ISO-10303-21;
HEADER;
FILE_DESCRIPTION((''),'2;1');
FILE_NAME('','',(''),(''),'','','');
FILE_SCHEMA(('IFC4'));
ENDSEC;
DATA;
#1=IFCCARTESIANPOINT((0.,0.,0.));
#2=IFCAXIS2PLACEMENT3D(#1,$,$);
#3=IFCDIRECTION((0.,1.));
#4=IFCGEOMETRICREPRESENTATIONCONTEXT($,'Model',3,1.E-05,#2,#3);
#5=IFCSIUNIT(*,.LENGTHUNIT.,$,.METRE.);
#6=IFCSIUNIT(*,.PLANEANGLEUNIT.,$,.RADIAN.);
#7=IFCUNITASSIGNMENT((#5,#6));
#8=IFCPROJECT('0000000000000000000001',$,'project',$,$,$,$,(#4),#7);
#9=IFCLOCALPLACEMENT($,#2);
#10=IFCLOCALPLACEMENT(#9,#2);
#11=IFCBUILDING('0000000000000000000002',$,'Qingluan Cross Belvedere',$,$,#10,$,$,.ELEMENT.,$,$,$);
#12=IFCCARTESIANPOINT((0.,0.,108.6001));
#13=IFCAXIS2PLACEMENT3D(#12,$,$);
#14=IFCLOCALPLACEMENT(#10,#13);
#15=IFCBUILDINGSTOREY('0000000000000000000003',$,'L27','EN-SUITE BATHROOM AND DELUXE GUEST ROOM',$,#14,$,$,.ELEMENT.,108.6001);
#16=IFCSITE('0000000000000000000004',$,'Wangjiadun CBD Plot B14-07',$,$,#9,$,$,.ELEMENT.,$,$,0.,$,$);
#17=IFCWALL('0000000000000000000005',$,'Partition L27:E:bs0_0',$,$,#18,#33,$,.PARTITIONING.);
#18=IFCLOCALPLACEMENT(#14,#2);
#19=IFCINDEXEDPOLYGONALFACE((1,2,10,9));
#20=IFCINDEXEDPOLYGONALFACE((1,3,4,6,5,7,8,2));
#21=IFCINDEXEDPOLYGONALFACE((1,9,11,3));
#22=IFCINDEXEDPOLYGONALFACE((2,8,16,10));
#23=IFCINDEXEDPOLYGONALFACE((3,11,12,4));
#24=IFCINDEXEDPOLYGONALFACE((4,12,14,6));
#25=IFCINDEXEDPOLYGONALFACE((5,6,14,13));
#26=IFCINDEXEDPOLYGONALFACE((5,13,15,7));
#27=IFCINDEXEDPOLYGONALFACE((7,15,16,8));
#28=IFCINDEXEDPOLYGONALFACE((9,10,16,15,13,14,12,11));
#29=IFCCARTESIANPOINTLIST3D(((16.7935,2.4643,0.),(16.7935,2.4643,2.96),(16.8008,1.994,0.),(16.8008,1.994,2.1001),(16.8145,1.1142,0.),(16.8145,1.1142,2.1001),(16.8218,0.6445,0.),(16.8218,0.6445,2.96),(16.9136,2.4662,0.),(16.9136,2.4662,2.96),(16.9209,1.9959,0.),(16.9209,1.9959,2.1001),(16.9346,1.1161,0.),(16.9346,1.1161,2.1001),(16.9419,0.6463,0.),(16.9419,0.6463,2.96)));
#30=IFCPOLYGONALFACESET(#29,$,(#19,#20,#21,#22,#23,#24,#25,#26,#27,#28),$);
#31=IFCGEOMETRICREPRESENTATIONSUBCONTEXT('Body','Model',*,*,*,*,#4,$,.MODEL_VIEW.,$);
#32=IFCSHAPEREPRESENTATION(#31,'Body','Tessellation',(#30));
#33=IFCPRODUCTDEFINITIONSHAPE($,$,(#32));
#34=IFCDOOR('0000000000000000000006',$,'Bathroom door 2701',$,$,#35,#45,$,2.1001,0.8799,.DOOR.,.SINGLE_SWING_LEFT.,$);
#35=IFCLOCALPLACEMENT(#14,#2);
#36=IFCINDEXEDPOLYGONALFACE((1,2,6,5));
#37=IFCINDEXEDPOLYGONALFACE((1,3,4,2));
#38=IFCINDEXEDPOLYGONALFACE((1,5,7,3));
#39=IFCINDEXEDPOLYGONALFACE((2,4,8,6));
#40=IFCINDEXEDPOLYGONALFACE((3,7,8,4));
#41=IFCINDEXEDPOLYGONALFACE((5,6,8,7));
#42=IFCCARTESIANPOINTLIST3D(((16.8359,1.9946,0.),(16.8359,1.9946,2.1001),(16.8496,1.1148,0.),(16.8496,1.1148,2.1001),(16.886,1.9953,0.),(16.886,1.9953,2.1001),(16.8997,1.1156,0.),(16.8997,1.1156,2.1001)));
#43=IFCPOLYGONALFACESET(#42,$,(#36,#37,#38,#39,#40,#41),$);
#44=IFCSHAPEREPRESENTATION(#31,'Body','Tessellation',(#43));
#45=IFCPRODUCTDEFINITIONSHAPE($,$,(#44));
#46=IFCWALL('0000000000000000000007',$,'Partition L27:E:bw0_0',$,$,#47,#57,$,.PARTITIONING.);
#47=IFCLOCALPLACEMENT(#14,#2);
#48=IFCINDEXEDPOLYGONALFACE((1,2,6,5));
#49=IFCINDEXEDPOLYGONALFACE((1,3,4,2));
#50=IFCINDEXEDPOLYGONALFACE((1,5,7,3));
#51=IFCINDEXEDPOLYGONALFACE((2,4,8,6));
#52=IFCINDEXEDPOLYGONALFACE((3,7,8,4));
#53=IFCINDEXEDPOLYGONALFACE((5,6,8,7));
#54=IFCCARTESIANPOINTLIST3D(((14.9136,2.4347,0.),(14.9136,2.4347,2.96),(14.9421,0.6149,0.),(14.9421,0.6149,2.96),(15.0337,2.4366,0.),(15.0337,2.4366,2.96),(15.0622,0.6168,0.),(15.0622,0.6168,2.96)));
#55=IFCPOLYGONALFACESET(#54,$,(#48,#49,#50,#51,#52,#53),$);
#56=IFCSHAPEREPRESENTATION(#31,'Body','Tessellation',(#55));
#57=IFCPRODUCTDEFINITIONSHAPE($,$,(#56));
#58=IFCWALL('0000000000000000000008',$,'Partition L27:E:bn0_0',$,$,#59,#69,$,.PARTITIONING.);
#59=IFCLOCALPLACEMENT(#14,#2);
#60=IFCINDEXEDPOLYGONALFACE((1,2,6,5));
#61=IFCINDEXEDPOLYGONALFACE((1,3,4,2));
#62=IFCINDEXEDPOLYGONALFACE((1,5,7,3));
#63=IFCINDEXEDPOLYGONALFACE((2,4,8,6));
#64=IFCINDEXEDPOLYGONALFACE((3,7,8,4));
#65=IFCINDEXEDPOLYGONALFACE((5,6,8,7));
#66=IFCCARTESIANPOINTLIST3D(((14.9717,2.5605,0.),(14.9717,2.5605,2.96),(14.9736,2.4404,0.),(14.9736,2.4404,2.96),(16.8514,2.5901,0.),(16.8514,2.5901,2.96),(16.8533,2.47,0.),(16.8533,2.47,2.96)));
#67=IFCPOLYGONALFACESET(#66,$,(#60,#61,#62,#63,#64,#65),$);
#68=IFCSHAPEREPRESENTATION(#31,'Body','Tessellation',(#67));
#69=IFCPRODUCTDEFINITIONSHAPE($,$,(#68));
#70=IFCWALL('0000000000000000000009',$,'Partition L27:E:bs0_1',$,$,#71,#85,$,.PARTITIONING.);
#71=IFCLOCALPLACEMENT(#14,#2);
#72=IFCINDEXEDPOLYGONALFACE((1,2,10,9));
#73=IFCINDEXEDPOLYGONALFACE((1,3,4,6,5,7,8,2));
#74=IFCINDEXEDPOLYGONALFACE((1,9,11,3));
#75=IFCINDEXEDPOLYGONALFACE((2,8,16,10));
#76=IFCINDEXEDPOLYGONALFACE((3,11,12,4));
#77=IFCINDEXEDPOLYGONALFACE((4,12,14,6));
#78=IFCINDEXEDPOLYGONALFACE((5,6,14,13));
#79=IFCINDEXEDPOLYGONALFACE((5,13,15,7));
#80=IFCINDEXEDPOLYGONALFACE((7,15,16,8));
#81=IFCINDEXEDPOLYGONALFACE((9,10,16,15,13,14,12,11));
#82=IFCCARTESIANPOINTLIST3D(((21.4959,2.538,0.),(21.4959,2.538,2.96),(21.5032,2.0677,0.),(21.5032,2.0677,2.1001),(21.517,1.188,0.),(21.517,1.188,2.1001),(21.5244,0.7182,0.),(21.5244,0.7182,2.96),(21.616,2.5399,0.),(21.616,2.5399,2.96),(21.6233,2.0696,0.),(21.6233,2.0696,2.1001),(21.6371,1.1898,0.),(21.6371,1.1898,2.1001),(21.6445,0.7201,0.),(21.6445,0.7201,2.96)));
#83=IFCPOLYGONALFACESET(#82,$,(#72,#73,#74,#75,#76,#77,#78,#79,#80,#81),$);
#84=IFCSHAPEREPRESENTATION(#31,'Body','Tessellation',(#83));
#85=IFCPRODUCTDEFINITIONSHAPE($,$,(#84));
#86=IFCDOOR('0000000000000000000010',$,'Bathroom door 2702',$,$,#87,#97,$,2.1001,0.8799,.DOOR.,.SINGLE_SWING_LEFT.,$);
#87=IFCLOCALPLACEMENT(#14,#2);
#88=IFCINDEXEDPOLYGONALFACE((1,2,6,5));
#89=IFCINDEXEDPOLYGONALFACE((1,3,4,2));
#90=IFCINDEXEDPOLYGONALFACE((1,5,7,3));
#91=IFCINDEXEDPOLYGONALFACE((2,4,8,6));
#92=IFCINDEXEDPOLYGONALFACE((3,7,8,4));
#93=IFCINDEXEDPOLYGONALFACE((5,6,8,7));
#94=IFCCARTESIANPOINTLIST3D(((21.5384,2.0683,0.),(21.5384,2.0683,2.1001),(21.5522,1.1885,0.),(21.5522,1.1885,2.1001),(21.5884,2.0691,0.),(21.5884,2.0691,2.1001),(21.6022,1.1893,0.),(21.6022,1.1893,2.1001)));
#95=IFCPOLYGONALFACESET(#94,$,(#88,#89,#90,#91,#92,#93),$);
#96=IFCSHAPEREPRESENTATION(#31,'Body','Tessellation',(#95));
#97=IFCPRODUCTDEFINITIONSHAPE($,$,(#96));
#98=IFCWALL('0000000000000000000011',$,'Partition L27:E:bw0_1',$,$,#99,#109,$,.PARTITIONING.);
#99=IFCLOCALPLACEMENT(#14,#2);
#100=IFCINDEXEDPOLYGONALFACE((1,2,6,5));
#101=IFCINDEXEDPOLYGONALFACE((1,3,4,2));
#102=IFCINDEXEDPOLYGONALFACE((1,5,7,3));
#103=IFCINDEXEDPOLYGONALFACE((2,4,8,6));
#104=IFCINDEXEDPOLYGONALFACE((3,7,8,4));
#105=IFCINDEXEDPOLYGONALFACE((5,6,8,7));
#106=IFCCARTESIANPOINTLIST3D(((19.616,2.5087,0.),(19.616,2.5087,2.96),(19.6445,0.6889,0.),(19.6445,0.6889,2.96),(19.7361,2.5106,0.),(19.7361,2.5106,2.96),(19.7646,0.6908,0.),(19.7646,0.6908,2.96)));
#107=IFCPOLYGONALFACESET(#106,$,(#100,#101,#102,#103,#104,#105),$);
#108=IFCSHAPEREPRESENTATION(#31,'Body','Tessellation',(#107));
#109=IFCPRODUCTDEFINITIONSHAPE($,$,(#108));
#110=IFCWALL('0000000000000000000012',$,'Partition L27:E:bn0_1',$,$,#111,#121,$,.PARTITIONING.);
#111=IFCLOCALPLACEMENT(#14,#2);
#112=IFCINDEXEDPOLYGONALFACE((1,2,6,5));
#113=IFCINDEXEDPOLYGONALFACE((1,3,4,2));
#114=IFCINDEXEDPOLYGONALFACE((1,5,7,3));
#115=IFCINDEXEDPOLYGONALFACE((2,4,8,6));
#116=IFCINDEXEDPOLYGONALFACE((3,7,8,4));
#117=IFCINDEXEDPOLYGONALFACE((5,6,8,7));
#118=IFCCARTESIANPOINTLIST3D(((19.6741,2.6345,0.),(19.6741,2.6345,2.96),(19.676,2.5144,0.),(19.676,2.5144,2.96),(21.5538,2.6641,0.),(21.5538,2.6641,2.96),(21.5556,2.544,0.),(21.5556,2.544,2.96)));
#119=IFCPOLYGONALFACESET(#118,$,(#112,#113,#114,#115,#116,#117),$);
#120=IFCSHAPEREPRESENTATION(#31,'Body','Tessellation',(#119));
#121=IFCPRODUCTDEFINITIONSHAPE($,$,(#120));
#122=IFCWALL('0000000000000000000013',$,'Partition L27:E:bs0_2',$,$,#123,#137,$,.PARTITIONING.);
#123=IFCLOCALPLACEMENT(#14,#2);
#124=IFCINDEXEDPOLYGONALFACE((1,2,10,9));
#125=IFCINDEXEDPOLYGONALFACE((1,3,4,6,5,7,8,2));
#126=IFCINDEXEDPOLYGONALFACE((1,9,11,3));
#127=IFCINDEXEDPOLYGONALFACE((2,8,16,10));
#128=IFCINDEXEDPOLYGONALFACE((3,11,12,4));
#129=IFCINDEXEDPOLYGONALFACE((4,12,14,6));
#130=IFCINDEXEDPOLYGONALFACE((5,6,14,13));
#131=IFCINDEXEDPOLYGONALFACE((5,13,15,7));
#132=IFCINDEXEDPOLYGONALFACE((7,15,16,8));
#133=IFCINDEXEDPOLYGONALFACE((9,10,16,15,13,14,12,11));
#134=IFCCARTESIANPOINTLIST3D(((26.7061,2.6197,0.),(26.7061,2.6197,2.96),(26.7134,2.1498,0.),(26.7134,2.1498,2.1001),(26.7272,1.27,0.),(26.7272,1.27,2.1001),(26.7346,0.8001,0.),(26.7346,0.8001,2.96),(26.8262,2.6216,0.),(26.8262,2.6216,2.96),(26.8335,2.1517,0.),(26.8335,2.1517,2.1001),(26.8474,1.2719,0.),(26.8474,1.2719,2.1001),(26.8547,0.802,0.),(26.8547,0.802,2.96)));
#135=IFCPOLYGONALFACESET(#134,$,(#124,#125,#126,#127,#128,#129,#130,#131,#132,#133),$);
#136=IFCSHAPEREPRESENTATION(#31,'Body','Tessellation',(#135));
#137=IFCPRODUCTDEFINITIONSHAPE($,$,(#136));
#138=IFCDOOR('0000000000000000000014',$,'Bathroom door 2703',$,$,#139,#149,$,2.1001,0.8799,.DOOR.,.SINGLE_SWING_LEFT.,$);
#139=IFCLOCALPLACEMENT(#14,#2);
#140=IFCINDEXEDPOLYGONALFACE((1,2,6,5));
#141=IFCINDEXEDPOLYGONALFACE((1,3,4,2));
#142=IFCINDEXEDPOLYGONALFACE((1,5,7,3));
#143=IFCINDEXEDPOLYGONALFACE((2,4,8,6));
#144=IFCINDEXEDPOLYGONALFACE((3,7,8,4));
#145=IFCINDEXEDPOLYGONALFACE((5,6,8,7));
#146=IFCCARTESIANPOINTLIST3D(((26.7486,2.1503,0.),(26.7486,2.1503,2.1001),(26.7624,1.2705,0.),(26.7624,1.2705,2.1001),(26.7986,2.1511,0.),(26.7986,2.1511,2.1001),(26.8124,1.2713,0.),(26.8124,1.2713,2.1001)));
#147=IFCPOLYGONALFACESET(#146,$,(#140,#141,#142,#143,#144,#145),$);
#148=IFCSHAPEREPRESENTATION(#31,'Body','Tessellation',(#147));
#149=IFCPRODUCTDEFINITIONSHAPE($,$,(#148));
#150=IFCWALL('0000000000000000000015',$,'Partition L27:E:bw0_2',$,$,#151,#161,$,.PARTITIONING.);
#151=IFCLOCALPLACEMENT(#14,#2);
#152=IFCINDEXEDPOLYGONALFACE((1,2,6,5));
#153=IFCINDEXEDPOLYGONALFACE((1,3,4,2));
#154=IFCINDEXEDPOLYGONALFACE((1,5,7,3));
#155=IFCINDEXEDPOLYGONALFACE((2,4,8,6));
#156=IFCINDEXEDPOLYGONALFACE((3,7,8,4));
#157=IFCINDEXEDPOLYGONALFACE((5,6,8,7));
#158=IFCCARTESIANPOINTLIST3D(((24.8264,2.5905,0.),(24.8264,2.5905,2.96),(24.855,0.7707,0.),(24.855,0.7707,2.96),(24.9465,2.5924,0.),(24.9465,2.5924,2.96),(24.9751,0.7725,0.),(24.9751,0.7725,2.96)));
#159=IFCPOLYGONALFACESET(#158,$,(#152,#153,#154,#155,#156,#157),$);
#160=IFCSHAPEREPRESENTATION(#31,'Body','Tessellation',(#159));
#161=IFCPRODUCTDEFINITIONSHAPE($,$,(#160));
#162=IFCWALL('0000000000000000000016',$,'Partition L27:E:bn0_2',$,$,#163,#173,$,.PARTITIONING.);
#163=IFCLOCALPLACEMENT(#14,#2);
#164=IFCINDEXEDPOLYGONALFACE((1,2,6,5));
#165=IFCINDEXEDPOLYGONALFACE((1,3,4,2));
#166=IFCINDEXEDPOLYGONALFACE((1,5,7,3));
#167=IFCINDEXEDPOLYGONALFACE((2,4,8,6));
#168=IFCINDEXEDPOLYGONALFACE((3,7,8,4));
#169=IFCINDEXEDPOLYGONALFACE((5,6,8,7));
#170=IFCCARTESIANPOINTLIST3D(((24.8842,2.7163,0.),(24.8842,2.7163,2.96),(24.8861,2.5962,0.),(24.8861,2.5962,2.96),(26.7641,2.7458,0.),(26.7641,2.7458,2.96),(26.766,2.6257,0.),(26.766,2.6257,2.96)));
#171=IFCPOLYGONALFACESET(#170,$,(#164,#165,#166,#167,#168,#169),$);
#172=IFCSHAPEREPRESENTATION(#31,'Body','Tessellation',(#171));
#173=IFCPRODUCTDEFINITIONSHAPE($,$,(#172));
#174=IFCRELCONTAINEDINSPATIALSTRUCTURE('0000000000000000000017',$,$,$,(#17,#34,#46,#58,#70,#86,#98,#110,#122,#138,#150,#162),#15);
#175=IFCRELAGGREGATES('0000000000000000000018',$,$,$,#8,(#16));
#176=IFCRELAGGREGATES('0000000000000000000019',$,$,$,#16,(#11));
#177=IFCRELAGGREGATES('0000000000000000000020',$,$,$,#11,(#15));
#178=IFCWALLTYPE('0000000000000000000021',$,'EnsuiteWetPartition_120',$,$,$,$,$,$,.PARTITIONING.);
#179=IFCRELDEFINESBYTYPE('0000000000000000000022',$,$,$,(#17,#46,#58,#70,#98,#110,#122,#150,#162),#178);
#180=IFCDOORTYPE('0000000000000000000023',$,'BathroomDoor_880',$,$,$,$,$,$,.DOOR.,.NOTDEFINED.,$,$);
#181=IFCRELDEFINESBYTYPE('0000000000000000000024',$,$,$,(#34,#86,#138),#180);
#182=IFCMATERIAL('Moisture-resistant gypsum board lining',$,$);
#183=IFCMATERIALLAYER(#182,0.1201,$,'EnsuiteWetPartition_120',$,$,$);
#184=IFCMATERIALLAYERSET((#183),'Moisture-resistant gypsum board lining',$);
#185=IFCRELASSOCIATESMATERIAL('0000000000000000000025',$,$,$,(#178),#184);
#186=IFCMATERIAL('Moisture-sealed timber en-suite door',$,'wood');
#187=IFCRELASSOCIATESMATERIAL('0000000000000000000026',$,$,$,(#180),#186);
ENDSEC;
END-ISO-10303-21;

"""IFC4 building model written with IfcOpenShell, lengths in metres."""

from ifc_helpers import new_model, si_unit, direction, frame, frame_2d, origin, place, context, subcontext, project, spatial, rectangle, extrude, material, layer, layer_set, type_object, element, fill, save


model = new_model("IFC4")

# Units and contexts
model_context = context("Model", 3, precision=1e-05, world=origin(), true_north=direction((0.0, 1.0)))
body_context = subcontext(model_context, "Body", "Model", "MODEL_VIEW")
ifc_project = project(units=[si_unit("LENGTHUNIT", "METRE"), si_unit("PLANEANGLEUNIT", "RADIAN")], contexts=[model_context])

# Site, building, storey
site_placement = place(None, origin())
site = spatial("IfcSite", under=ifc_project, at=site_placement, Name="Wangjiadun CBD Plot B14-07", CompositionType="ELEMENT", RefElevation=0.0)
building_placement = place(site_placement, origin())
building = spatial("IfcBuilding", under=site, at=building_placement, Name="Qingluan Cross Belvedere", CompositionType="ELEMENT")
storey_placement = place(building_placement, frame((0.0, 0.0, 108.6001)))
storey = spatial("IfcBuildingStorey", under=building, at=storey_placement, Name="L27", Description="EN-SUITE BATHROOM AND DELUXE GUEST ROOM", CompositionType="ELEMENT", Elevation=108.6001)

# Wall, opening, door
ifc_material_1 = material(Name="Moisture-resistant gypsum board lining")
ifc_layer_1 = layer(ifc_material_1, 0.1201, Name="EnsuiteWetPartition_120")
ifc_layer_set_1 = layer_set([ifc_layer_1], Name="Moisture-resistant gypsum board lining")
wall_type_1 = type_object("IfcWallType", Name="EnsuiteWetPartition_120", PredefinedType="PARTITIONING", material=ifc_layer_set_1)
wall_1_placement = place(storey_placement, frame((16.8818, 0.6453, 0.0), z_axis=(0.0, 0.0, 1.0), x_axis=(-0.01556, 0.999879, 0.0)))
wall_1 = element("IfcWall", 1, at=wall_1_placement, inside=storey, type_object=wall_type_1, Name="Partition L27:E:bs0_0", PredefinedType="PARTITIONING", context=body_context, shape_type="SweptSolid", body=[
    extrude(rectangle(XDim=1.8201, YDim=0.1201, at=frame_2d((0.9102, 0.0))), origin(), (0.0, 0.0, 1.0), 2.96),
])
opening_1_placement = place(wall_1_placement, frame((0.47, 0.0, 0.0)))
opening_1 = element("IfcOpeningElement", 2, at=opening_1_placement, cuts=wall_1, PredefinedType="OPENING", context=body_context, shape_type="SweptSolid", body=[
    extrude(rectangle(XDim=0.8799, YDim=2.1001, at=frame_2d((0.4399, 1.05))), frame((0.0, 0.0701, 0.0), z_axis=(0.0, -1.0, 0.0), x_axis=(1.0, 0.0, 0.0)), (0.0, 0.0, 1.0), 0.1401),
])
ifc_material_2 = material(Name="Moisture-sealed timber en-suite door", Category="wood")
door_type_1 = type_object("IfcDoorType", Name="BathroomDoor_880", OperationType="NOTDEFINED", PredefinedType="DOOR", material=ifc_material_2)
door_1_placement = place(opening_1_placement, origin())
door_1 = element("IfcDoor", 3, at=door_1_placement, inside=storey, type_object=door_type_1, Name="Bathroom door 2701", OperationType="SINGLE_SWING_LEFT", OverallHeight=2.1001, OverallWidth=0.8799, PredefinedType="DOOR", context=body_context, shape_type="SweptSolid", body=[
    extrude(rectangle(XDim=0.8799, YDim=2.1001, at=frame_2d((0.4399, 1.05))), frame((0.0, 0.0249, 0.0), z_axis=(0.0, -1.0, 0.0), x_axis=(1.0, 0.0, 0.0)), (0.0, 0.0, 1.0), 0.05),
])
fill(opening_1, door_1)

# Walls
wall_2_placement = place(storey_placement, frame((15.0022, 0.6157, 0.0), z_axis=(0.0, 0.0, 1.0), x_axis=(-0.015694, 0.999877, 0.0)))
element("IfcWall", 4, at=wall_2_placement, inside=storey, type_object=wall_type_1, Name="Partition L27:E:bw0_0", PredefinedType="PARTITIONING", context=body_context, shape_type="SweptSolid", body=[
    extrude(rectangle(XDim=1.8201, YDim=0.1201, at=frame_2d((0.9102, 0.0))), origin(), (0.0, 0.0, 1.0), 2.96),
])
wall_3_placement = place(storey_placement, frame((14.9727, 2.5005, 0.0), z_axis=(0.0, 0.0, 1.0), x_axis=(0.999877, 0.015714, 0.0)))
element("IfcWall", 5, at=wall_3_placement, inside=storey, type_object=wall_type_1, Name="Partition L27:E:bn0_0", PredefinedType="PARTITIONING", context=body_context, shape_type="SweptSolid", body=[
    extrude(rectangle(XDim=1.8799, YDim=0.1201, at=frame_2d((0.9399, 0.0))), origin(), (0.0, 0.0, 1.0), 2.96),
])

# Wall, opening, door
wall_4_placement = place(storey_placement, frame((21.5845, 0.719, 0.0), z_axis=(0.0, 0.0, 1.0), x_axis=(-0.015694, 0.999877, 0.0)))
wall_4 = element("IfcWall", 6, at=wall_4_placement, inside=storey, type_object=wall_type_1, Name="Partition L27:E:bs0_1", PredefinedType="PARTITIONING", context=body_context, shape_type="SweptSolid", body=[
    extrude(rectangle(XDim=1.8201, YDim=0.1201, at=frame_2d((0.9102, 0.0))), origin(), (0.0, 0.0, 1.0), 2.96),
])
opening_2_placement = place(wall_4_placement, frame((0.47, 0.0, 0.0)))
opening_2 = element("IfcOpeningElement", 7, at=opening_2_placement, cuts=wall_4, PredefinedType="OPENING", context=body_context, shape_type="SweptSolid", body=[
    extrude(rectangle(XDim=0.8799, YDim=2.1001, at=frame_2d((0.4399, 1.05))), frame((0.0, 0.0701, 0.0), z_axis=(0.0, -1.0, 0.0), x_axis=(1.0, 0.0, 0.0)), (0.0, 0.0, 1.0), 0.1401),
])
door_2_placement = place(opening_2_placement, origin())
door_2 = element("IfcDoor", 8, at=door_2_placement, inside=storey, type_object=door_type_1, Name="Bathroom door 2702", OperationType="SINGLE_SWING_LEFT", OverallHeight=2.1001, OverallWidth=0.8799, PredefinedType="DOOR", context=body_context, shape_type="SweptSolid", body=[
    extrude(rectangle(XDim=0.8799, YDim=2.1001, at=frame_2d((0.4399, 1.05))), frame((0.0, 0.0249, 0.0), z_axis=(0.0, -1.0, 0.0), x_axis=(1.0, 0.0, 0.0)), (0.0, 0.0, 1.0), 0.05),
])
fill(opening_2, door_2)

# Walls
wall_5_placement = place(storey_placement, frame((19.7046, 0.6897, 0.0), z_axis=(0.0, 0.0, 1.0), x_axis=(-0.015694, 0.999877, 0.0)))
element("IfcWall", 9, at=wall_5_placement, inside=storey, type_object=wall_type_1, Name="Partition L27:E:bw0_1", PredefinedType="PARTITIONING", context=body_context, shape_type="SweptSolid", body=[
    extrude(rectangle(XDim=1.8201, YDim=0.1201, at=frame_2d((0.9102, 0.0))), origin(), (0.0, 0.0, 1.0), 2.96),
])
wall_6_placement = place(storey_placement, frame((19.675, 2.5745, 0.0), z_axis=(0.0, 0.0, 1.0), x_axis=(0.999877, 0.015714, 0.0)))
element("IfcWall", 10, at=wall_6_placement, inside=storey, type_object=wall_type_1, Name="Partition L27:E:bn0_1", PredefinedType="PARTITIONING", context=body_context, shape_type="SweptSolid", body=[
    extrude(rectangle(XDim=1.8799, YDim=0.1201, at=frame_2d((0.9399, 0.0))), origin(), (0.0, 0.0, 1.0), 2.96),
])

# Wall, opening, door
wall_7_placement = place(storey_placement, frame((26.7947, 0.801, 0.0), z_axis=(0.0, 0.0, 1.0), x_axis=(-0.015696, 0.999877, 0.0)))
wall_7 = element("IfcWall", 11, at=wall_7_placement, inside=storey, type_object=wall_type_1, Name="Partition L27:E:bs0_2", PredefinedType="PARTITIONING", context=body_context, shape_type="SweptSolid", body=[
    extrude(rectangle(XDim=1.8198, YDim=0.1201, at=frame_2d((0.9099, 0.0))), origin(), (0.0, 0.0, 1.0), 2.96),
])
opening_3_placement = place(wall_7_placement, frame((0.47, 0.0, 0.0)))
opening_3 = element("IfcOpeningElement", 12, at=opening_3_placement, cuts=wall_7, PredefinedType="OPENING", context=body_context, shape_type="SweptSolid", body=[
    extrude(rectangle(XDim=0.8799, YDim=2.1001, at=frame_2d((0.4399, 1.05))), frame((0.0, 0.0701, 0.0), z_axis=(0.0, -1.0, 0.0), x_axis=(1.0, 0.0, 0.0)), (0.0, 0.0, 1.0), 0.1401),
])
door_3_placement = place(opening_3_placement, origin())
door_3 = element("IfcDoor", 13, at=door_3_placement, inside=storey, type_object=door_type_1, Name="Bathroom door 2703", OperationType="SINGLE_SWING_LEFT", OverallHeight=2.1001, OverallWidth=0.8799, PredefinedType="DOOR", context=body_context, shape_type="SweptSolid", body=[
    extrude(rectangle(XDim=0.8799, YDim=2.1001, at=frame_2d((0.4399, 1.05))), frame((0.0, 0.0249, 0.0), z_axis=(0.0, -1.0, 0.0), x_axis=(1.0, 0.0, 0.0)), (0.0, 0.0, 1.0), 0.05),
])
fill(opening_3, door_3)

# Walls
wall_8_placement = place(storey_placement, frame((24.915, 0.7715, 0.0), z_axis=(0.0, 0.0, 1.0), x_axis=(-0.015694, 0.999877, 0.0)))
element("IfcWall", 14, at=wall_8_placement, inside=storey, type_object=wall_type_1, Name="Partition L27:E:bw0_2", PredefinedType="PARTITIONING", context=body_context, shape_type="SweptSolid", body=[
    extrude(rectangle(XDim=1.8201, YDim=0.1201, at=frame_2d((0.9102, 0.0))), origin(), (0.0, 0.0, 1.0), 2.96),
])
wall_9_placement = place(storey_placement, frame((24.8853, 2.6562, 0.0), z_axis=(0.0, 0.0, 1.0), x_axis=(0.999877, 0.015712, 0.0)))
element("IfcWall", 15, at=wall_9_placement, inside=storey, type_object=wall_type_1, Name="Partition L27:E:bn0_2", PredefinedType="PARTITIONING", context=body_context, shape_type="SweptSolid", body=[
    extrude(rectangle(XDim=1.8801, YDim=0.1201, at=frame_2d((0.9399, 0.0))), origin(), (0.0, 0.0, 1.0), 2.96),
])

save(model, "model.ifc")
